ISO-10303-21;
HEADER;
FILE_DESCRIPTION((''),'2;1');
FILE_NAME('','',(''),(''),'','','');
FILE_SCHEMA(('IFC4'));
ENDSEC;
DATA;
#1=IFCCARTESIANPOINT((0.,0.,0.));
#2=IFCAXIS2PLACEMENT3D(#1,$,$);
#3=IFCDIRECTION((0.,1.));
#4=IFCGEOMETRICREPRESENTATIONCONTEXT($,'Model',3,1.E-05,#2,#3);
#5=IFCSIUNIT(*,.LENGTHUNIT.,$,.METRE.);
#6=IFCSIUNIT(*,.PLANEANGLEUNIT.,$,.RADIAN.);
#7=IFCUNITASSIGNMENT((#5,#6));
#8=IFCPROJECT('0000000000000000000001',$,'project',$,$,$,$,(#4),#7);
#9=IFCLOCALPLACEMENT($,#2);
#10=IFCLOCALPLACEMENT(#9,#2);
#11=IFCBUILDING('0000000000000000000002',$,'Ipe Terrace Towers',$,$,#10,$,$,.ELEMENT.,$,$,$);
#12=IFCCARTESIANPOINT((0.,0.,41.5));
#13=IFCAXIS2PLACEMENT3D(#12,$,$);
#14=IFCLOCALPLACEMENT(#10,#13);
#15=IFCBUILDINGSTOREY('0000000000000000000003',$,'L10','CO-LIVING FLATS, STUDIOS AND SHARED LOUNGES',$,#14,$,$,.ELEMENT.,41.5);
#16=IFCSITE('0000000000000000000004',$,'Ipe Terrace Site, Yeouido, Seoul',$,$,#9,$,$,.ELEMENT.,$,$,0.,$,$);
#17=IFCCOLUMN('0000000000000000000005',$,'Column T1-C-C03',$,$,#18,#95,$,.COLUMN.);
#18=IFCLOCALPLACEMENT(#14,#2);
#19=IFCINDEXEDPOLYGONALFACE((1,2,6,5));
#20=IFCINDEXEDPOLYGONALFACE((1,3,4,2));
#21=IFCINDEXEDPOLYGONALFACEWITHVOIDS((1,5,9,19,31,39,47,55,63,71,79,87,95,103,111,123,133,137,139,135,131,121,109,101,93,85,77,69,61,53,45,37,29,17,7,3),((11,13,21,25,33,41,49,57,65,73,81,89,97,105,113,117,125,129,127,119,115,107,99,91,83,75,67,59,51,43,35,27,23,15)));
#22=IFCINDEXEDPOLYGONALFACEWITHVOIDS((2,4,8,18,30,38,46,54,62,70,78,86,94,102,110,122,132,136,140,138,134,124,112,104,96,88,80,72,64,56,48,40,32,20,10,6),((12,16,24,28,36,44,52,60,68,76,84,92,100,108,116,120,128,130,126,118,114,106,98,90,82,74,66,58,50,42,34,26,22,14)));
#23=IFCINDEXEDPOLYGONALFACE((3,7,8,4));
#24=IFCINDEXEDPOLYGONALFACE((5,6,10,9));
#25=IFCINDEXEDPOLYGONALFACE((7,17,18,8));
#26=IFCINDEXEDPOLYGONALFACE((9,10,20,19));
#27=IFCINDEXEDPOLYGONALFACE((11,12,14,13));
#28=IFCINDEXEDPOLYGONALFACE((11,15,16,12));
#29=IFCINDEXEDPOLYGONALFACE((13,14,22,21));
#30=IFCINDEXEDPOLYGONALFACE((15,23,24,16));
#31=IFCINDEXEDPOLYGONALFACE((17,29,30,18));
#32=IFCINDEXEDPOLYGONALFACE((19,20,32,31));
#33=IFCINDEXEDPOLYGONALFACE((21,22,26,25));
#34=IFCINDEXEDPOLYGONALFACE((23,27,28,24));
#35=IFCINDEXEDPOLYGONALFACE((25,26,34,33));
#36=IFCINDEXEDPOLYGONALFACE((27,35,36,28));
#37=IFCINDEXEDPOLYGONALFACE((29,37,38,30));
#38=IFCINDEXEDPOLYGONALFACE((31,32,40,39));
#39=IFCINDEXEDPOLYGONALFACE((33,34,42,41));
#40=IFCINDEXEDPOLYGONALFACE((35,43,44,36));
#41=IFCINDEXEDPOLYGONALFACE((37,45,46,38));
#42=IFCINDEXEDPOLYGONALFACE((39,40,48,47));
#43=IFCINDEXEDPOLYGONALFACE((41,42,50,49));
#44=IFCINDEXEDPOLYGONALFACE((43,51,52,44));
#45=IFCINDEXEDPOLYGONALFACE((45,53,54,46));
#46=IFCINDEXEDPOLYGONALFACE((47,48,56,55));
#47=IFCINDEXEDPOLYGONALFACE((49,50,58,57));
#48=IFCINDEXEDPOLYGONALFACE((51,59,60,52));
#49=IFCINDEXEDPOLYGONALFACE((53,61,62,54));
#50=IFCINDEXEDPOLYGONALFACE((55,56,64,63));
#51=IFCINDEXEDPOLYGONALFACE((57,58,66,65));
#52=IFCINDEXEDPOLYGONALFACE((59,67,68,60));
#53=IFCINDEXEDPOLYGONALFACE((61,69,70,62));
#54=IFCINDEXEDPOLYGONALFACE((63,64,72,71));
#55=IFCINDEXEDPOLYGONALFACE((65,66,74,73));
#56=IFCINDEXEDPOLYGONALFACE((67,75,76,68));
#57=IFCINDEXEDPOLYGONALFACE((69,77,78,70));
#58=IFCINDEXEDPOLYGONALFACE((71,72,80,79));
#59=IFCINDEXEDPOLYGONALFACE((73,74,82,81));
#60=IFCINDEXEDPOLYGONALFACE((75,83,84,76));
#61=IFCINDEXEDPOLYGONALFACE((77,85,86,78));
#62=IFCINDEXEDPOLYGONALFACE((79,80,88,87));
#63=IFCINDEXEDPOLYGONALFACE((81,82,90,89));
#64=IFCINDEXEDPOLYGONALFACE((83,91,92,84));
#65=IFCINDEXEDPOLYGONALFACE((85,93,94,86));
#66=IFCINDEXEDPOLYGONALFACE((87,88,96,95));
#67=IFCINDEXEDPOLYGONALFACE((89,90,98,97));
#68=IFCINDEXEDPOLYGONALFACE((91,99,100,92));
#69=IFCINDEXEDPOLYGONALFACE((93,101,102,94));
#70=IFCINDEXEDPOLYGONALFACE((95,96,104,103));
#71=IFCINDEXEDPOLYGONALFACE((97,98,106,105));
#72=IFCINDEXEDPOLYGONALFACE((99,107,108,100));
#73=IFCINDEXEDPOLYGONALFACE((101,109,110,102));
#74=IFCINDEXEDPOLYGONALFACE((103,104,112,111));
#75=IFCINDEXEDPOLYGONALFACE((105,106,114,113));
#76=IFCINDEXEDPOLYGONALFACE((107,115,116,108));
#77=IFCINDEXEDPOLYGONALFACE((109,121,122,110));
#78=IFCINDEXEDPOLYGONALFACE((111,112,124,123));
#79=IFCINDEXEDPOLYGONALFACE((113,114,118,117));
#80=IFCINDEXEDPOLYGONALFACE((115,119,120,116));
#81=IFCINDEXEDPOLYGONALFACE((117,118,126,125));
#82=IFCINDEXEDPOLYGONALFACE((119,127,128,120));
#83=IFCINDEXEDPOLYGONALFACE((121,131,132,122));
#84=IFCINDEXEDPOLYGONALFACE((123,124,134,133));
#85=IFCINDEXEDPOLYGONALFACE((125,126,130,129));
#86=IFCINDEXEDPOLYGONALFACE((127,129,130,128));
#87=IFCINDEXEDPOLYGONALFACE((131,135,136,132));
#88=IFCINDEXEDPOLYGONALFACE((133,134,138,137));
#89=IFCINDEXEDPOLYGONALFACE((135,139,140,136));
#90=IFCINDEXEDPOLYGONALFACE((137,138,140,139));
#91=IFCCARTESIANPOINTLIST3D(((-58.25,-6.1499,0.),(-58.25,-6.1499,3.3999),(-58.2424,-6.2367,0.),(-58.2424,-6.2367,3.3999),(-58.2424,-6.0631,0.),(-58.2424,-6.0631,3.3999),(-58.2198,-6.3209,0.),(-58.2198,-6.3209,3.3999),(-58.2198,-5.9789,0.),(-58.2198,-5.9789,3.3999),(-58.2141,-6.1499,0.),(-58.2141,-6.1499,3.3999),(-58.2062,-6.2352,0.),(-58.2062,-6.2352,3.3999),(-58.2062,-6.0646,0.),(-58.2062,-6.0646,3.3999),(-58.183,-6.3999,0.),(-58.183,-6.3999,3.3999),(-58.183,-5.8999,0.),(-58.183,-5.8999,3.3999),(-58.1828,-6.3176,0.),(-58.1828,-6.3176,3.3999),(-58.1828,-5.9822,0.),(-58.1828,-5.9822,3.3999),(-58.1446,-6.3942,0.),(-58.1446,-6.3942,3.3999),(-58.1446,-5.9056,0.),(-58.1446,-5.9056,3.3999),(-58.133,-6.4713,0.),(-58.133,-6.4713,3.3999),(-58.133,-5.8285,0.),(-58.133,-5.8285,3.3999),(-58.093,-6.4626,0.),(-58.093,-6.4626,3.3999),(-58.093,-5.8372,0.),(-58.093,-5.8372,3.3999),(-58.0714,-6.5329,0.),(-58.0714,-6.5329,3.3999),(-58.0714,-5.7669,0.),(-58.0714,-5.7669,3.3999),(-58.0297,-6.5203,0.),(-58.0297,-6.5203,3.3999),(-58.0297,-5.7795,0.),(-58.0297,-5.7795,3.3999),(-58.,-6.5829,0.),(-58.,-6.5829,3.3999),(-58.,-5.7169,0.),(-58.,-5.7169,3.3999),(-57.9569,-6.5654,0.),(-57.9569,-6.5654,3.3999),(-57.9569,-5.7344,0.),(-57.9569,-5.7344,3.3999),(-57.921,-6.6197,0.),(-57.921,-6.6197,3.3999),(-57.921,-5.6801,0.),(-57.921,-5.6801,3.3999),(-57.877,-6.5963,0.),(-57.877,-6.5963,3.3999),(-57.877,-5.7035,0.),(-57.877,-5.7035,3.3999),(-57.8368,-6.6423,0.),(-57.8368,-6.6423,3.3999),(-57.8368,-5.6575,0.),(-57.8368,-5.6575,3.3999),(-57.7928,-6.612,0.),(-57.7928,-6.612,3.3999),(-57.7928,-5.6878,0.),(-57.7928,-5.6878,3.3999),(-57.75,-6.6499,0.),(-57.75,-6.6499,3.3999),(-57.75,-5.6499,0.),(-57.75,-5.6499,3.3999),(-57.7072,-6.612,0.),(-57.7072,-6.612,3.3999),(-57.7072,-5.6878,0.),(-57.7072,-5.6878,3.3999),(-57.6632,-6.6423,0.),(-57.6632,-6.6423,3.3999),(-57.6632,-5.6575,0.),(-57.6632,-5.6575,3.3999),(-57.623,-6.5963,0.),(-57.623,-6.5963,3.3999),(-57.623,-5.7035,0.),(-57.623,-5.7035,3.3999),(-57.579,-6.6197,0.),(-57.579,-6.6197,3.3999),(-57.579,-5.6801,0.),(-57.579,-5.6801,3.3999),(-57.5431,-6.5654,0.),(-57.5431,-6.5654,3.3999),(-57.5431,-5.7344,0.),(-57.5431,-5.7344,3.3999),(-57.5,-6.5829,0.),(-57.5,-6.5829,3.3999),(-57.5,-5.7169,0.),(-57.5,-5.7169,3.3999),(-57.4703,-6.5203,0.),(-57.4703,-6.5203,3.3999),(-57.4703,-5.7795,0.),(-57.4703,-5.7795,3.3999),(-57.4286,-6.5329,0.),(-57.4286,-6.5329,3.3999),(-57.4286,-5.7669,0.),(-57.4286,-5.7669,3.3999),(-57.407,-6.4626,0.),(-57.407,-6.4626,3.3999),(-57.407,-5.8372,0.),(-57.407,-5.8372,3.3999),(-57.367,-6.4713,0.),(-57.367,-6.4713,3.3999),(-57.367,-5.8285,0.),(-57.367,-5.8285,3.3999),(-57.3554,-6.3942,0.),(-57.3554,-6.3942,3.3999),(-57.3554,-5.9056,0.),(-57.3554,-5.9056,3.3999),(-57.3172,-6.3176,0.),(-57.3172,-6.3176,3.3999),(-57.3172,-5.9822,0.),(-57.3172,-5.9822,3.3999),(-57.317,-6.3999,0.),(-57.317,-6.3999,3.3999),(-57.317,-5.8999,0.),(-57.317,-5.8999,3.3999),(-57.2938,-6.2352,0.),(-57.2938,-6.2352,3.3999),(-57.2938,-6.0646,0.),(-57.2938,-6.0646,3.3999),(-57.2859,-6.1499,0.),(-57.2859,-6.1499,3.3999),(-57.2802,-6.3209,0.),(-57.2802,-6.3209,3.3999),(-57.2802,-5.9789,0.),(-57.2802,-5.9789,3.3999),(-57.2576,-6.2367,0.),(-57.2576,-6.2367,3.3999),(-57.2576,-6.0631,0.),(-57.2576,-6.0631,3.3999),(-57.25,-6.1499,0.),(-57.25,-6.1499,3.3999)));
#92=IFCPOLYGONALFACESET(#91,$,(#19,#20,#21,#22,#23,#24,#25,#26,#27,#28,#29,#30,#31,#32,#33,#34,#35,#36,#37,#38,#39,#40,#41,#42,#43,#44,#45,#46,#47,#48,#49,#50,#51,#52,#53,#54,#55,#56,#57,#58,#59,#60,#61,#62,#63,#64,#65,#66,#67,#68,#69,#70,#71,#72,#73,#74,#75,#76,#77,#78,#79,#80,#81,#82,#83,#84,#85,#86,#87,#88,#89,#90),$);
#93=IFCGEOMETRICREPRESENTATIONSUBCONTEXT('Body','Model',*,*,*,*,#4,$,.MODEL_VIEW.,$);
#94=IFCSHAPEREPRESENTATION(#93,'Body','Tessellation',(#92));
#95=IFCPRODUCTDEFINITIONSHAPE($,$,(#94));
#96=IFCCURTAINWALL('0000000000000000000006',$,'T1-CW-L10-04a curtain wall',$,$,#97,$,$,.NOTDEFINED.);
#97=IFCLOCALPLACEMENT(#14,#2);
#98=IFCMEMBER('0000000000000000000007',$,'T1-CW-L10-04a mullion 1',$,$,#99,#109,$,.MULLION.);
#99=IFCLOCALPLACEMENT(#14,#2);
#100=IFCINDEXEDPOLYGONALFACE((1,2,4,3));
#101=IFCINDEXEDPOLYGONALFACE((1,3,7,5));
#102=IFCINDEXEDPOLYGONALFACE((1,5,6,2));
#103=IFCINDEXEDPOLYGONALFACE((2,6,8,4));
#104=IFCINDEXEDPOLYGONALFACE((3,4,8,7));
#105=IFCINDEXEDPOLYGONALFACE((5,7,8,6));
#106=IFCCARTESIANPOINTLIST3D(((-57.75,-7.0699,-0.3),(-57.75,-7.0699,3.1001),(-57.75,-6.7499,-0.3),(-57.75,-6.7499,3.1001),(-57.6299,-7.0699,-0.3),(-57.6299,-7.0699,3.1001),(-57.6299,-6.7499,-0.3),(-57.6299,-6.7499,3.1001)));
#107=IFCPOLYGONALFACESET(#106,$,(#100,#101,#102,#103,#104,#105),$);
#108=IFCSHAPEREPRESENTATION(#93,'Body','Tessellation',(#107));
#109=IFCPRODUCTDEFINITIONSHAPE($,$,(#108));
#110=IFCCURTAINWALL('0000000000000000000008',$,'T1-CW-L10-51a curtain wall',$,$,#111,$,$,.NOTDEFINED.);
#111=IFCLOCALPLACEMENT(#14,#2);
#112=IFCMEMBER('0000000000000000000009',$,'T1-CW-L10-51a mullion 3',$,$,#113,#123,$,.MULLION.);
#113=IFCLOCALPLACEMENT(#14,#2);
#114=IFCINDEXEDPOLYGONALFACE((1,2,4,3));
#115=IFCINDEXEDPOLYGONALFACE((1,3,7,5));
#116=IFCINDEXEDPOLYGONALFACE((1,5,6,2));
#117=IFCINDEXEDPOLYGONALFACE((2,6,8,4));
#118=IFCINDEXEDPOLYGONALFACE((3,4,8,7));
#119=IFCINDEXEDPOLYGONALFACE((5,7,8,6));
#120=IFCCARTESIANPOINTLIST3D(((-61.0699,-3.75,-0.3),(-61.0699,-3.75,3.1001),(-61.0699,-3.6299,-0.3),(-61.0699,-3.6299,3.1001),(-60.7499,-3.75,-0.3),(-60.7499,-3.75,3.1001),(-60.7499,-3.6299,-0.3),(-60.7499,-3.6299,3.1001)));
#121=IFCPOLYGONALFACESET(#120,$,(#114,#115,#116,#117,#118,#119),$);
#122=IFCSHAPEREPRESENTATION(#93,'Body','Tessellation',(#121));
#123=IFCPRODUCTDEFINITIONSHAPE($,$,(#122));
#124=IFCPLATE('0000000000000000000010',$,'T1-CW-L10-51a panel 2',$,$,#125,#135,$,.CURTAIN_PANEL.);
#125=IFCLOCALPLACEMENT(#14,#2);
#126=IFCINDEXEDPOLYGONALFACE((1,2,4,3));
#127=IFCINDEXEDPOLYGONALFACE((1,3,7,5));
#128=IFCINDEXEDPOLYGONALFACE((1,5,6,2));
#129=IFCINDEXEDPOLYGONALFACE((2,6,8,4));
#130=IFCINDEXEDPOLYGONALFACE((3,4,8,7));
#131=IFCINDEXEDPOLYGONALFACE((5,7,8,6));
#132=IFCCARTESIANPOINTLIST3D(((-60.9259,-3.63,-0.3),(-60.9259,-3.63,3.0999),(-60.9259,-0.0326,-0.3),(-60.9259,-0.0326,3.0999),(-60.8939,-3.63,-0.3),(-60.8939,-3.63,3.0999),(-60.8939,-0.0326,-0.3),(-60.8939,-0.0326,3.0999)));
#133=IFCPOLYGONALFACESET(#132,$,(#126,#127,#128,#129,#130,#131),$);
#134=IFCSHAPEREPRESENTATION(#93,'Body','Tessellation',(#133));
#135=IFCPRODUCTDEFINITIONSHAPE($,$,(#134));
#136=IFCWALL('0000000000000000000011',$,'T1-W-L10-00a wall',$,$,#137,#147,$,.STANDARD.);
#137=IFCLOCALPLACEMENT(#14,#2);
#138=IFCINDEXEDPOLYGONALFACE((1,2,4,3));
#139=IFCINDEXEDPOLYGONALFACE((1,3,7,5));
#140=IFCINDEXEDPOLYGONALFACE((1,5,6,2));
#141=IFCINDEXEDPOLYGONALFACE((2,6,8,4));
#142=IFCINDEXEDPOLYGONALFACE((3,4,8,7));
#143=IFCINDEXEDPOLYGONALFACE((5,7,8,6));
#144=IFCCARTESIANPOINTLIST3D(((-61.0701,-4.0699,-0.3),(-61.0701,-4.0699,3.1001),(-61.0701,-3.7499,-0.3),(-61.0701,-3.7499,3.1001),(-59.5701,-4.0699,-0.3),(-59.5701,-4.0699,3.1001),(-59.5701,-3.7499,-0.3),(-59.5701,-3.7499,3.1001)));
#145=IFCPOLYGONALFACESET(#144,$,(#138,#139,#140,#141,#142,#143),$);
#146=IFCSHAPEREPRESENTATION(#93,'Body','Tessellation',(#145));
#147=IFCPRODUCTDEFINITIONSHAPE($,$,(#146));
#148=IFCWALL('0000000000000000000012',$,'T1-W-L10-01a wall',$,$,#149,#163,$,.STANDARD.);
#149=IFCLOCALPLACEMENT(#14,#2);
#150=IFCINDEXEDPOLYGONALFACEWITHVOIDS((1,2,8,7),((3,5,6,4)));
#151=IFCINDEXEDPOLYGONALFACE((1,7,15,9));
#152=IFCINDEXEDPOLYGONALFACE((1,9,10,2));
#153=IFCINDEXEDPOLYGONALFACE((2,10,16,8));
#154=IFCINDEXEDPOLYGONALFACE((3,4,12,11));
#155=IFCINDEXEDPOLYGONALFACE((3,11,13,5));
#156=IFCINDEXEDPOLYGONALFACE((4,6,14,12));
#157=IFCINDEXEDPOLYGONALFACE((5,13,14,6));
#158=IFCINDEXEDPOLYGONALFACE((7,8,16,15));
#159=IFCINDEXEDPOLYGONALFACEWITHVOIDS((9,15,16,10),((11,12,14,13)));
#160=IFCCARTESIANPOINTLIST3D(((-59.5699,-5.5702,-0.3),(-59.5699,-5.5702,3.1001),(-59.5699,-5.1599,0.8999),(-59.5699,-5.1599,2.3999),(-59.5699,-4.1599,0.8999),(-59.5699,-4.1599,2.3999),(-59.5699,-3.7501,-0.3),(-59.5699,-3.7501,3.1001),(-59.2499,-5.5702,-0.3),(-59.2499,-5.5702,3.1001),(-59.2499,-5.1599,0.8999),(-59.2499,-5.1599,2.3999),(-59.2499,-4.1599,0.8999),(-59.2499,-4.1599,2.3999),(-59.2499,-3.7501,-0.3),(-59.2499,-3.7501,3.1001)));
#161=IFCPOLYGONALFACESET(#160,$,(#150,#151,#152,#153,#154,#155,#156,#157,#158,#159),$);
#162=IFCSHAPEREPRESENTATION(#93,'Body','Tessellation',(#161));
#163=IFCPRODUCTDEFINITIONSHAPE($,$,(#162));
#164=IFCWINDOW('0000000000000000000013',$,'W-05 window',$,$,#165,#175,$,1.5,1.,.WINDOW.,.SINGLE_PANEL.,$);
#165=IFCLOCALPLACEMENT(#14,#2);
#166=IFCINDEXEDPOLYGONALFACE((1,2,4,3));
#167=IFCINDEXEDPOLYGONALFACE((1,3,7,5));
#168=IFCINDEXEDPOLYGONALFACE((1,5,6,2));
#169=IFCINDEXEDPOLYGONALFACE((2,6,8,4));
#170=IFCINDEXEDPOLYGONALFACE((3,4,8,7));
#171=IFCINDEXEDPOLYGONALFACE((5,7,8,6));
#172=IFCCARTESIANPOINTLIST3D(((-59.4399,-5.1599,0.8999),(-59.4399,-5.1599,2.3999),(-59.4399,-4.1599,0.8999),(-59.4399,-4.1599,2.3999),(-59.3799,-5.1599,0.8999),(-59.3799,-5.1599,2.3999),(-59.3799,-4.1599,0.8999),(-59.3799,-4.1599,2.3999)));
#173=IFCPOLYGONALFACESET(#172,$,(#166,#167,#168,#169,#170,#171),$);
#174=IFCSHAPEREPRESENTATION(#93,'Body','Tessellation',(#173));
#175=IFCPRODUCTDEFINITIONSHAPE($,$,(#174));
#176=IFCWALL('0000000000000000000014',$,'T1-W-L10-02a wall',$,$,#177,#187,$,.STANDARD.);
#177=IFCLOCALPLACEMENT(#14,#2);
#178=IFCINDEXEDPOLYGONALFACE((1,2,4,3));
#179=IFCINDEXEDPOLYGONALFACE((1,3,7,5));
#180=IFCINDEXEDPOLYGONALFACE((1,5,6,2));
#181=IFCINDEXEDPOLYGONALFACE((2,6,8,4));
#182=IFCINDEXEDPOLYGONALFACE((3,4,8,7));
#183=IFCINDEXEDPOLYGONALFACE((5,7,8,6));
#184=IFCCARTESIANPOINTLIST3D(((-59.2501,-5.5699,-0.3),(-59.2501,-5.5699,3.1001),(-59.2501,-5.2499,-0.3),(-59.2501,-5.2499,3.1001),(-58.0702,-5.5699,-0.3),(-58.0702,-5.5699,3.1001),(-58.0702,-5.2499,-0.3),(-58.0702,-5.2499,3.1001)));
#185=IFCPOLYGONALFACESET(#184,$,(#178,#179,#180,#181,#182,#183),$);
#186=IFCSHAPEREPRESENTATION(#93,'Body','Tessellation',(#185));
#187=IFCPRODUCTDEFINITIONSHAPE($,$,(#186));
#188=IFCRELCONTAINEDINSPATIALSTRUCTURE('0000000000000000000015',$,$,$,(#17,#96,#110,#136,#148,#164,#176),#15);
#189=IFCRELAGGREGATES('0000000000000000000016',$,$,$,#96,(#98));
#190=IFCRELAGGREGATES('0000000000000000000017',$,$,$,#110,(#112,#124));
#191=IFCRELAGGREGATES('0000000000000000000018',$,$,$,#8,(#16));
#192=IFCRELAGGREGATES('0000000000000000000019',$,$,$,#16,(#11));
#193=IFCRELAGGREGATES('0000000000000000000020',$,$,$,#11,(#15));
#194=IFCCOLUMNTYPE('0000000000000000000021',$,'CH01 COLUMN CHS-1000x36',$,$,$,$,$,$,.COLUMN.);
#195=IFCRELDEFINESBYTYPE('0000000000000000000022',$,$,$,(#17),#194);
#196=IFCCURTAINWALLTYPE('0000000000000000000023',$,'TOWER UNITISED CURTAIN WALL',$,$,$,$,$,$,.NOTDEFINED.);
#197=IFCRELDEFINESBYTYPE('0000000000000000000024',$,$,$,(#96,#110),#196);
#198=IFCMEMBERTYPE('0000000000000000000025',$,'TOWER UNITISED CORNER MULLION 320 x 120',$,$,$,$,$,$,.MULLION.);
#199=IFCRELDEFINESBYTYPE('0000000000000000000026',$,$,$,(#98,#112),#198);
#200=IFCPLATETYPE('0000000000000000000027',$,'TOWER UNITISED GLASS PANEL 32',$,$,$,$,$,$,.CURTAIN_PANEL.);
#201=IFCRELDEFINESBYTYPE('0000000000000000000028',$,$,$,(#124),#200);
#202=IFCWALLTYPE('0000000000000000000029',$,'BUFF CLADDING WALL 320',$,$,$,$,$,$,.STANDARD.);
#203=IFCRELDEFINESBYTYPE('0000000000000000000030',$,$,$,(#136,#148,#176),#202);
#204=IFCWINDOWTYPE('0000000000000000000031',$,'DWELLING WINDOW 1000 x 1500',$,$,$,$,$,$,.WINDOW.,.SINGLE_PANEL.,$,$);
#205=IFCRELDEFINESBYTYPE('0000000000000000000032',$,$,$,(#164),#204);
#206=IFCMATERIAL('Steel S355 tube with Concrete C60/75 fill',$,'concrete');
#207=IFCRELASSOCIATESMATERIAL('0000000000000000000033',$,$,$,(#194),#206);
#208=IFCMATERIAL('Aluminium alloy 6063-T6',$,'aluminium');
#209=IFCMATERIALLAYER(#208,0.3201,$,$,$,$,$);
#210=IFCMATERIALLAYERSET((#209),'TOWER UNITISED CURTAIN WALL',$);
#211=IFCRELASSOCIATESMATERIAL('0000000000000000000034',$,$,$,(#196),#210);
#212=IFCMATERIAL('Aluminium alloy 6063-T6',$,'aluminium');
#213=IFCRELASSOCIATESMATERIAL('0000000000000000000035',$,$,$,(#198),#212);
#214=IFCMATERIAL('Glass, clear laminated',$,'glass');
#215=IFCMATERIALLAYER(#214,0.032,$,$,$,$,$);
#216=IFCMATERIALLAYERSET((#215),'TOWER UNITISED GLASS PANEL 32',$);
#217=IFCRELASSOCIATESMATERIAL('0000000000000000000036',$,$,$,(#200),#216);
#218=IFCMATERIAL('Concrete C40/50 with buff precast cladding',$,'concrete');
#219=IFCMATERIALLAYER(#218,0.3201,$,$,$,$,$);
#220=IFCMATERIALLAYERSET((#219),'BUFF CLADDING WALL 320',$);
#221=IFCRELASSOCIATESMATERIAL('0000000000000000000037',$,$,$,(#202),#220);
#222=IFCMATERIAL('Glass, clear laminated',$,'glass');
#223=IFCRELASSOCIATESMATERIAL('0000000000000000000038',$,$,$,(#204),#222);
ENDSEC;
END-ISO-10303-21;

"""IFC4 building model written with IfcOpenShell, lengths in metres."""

from ifc_helpers import new_model, si_unit, direction, frame, frame_2d, origin, origin_2d, place, context, subcontext, project, spatial, rectangle, hollow_circle, extrude, material, layer, layer_set, material_profile, profile_set, type_object, element, fill, aggregate, save


model = new_model("IFC4")

# Units and contexts
model_context = context("Model", 3, precision=1e-05, world=origin(), true_north=direction((0.0, 1.0)))
body_context = subcontext(model_context, "Body", "Model", "MODEL_VIEW")
ifc_project = project(units=[si_unit("LENGTHUNIT", "METRE"), si_unit("PLANEANGLEUNIT", "RADIAN")], contexts=[model_context])

# Site, building, storey
site_placement = place(None, origin())
site = spatial("IfcSite", under=ifc_project, at=site_placement, Name="Ipe Terrace Site, Yeouido, Seoul", CompositionType="ELEMENT", RefElevation=0.0)
building_placement = place(site_placement, origin())
building = spatial("IfcBuilding", under=site, at=building_placement, Name="Ipe Terrace Towers", CompositionType="ELEMENT")
storey_placement = place(building_placement, frame((0.0, 0.0, 41.5)))
storey = spatial("IfcBuildingStorey", under=building, at=storey_placement, Name="L10", Description="CO-LIVING FLATS, STUDIOS AND SHARED LOUNGES", CompositionType="ELEMENT", Elevation=41.5)

# Column
ifc_material_1 = material(Name="Steel S355 tube with Concrete C60/75 fill", Category="concrete")
ifc_material_profile_1 = material_profile(ifc_material_1, hollow_circle(Radius=0.5, WallThickness=0.0359, at=origin_2d()), Name="CHS-1000x36")
ifc_profile_set_1 = profile_set([ifc_material_profile_1], Name="Steel S355 tube with Concrete C60/75 fill")
column_type = type_object("IfcColumnType", Name="CH01 COLUMN CHS-1000x36", PredefinedType="COLUMN", material=ifc_profile_set_1)
column_placement = place(storey_placement, frame((-57.75, -6.1499, 0.0), z_axis=(0.0, 0.0, 1.0), x_axis=(1.0, 0.0, 0.0)))
element("IfcColumn", 1, at=column_placement, inside=storey, type_object=column_type, Name="Column T1-C-C03", PredefinedType="COLUMN", context=body_context, shape_type="SweptSolid", body=[
    extrude(hollow_circle(Radius=0.5, WallThickness=0.0359, at=origin_2d()), origin(), (0.0, 0.0, 1.0), 3.3999),
])

# Curtain wall, member
ifc_material_2 = material(Name="Aluminium alloy 6063-T6", Category="aluminium")
ifc_layer_1 = layer(ifc_material_2, 0.3201)
ifc_layer_set_1 = layer_set([ifc_layer_1], Name="TOWER UNITISED CURTAIN WALL")
curtain_wall_type = type_object("IfcCurtainWallType", Name="TOWER UNITISED CURTAIN WALL", PredefinedType="NOTDEFINED", material=ifc_layer_set_1)
curtain_wall_1_placement = place(storey_placement, origin())
curtain_wall_1 = element("IfcCurtainWall", 2, at=curtain_wall_1_placement, inside=storey, type_object=curtain_wall_type, Name="T1-CW-L10-04a curtain wall", PredefinedType="NOTDEFINED")
ifc_material_3 = material(Name="Aluminium alloy 6063-T6", Category="aluminium")
ifc_material_profile_2 = material_profile(ifc_material_3, rectangle(XDim=0.3201, YDim=0.1201, at=origin_2d()), Name="TOWER UNITISED CORNER MULLION 320 x 120")
ifc_profile_set_2 = profile_set([ifc_material_profile_2], Name="Aluminium alloy 6063-T6")
member_type = type_object("IfcMemberType", Name="TOWER UNITISED CORNER MULLION 320 x 120", PredefinedType="MULLION", material=ifc_profile_set_2)
member_1_placement = place(storey_placement, frame((-57.6899, -6.9099, -0.3), z_axis=(0.0, 0.0, 1.0), x_axis=(0.0, -1.0, 0.0)))
member_1 = element("IfcMember", 3, at=member_1_placement, type_object=member_type, Name="T1-CW-L10-04a mullion 1", PredefinedType="MULLION", context=body_context, shape_type="SweptSolid", body=[
    extrude(rectangle(XDim=0.3201, YDim=0.1201, at=origin_2d()), origin(), (0.0, 0.0, 1.0), 3.4001),
])
aggregate(curtain_wall_1, [member_1])

# Curtain wall, member, plate
curtain_wall_2_placement = place(storey_placement, origin())
curtain_wall_2 = element("IfcCurtainWall", 4, at=curtain_wall_2_placement, inside=storey, type_object=curtain_wall_type, Name="T1-CW-L10-51a curtain wall", PredefinedType="NOTDEFINED")
member_2_placement = place(storey_placement, frame((-60.9099, -3.6899, -0.3), z_axis=(0.0, 0.0, 1.0), x_axis=(-1.0, 0.0, 0.0)))
member_2 = element("IfcMember", 5, at=member_2_placement, type_object=member_type, Name="T1-CW-L10-51a mullion 3", PredefinedType="MULLION", context=body_context, shape_type="SweptSolid", body=[
    extrude(rectangle(XDim=0.3201, YDim=0.1201, at=origin_2d()), origin(), (0.0, 0.0, 1.0), 3.4001),
])
ifc_material_4 = material(Name="Glass, clear laminated", Category="glass")
ifc_layer_2 = layer(ifc_material_4, 0.032)
ifc_layer_set_2 = layer_set([ifc_layer_2], Name="TOWER UNITISED GLASS PANEL 32")
plate_type = type_object("IfcPlateType", Name="TOWER UNITISED GLASS PANEL 32", PredefinedType="CURTAIN_PANEL", material=ifc_layer_set_2)
plate_placement = place(storey_placement, frame((-60.9099, -1.8313, -0.3), z_axis=(0.0, 0.0, 1.0), x_axis=(0.0, -1.0, 0.0)))
plate = element("IfcPlate", 6, at=plate_placement, type_object=plate_type, Name="T1-CW-L10-51a panel 2", PredefinedType="CURTAIN_PANEL", context=body_context, shape_type="SweptSolid", body=[
    extrude(rectangle(XDim=3.5974, YDim=0.032, at=origin_2d()), origin(), (0.0, 0.0, 1.0), 3.3999),
])
aggregate(curtain_wall_2, [member_2, plate])

# Wall
ifc_material_5 = material(Name="Concrete C40/50 with buff precast cladding", Category="concrete")
ifc_layer_3 = layer(ifc_material_5, 0.3201)
ifc_layer_set_3 = layer_set([ifc_layer_3], Name="BUFF CLADDING WALL 320")
wall_type_1 = type_object("IfcWallType", Name="BUFF CLADDING WALL 320", PredefinedType="STANDARD", material=ifc_layer_set_3)
wall_1_placement = place(storey_placement, frame((-61.0701, -3.9099, -0.3), z_axis=(0.0, 0.0, 1.0), x_axis=(1.0, 0.0, 0.0)))
element("IfcWall", 7, at=wall_1_placement, inside=storey, type_object=wall_type_1, Name="T1-W-L10-00a wall", PredefinedType="STANDARD", context=body_context, shape_type="SweptSolid", body=[
    extrude(rectangle(XDim=1.5, YDim=0.3201, at=frame_2d((0.75, 0.0))), origin(), (0.0, 0.0, 1.0), 3.4001),
])

# Wall, opening, window
wall_2_placement = place(storey_placement, frame((-59.4099, -3.75, -0.3), z_axis=(0.0, 0.0, 1.0), x_axis=(0.0, -1.0, 0.0)))
wall_2 = element("IfcWall", 8, at=wall_2_placement, inside=storey, type_object=wall_type_1, Name="T1-W-L10-01a wall", PredefinedType="STANDARD", context=body_context, shape_type="SweptSolid", body=[
    extrude(rectangle(XDim=1.8201, YDim=0.3201, at=frame_2d((0.9102, 0.0))), origin(), (0.0, 0.0, 1.0), 3.4001),
])
opening_1_placement = place(wall_2_placement, frame((0.4099, 0.0, 1.2)))
opening_1 = element("IfcOpeningElement", 9, at=opening_1_placement, cuts=wall_2, PredefinedType="OPENING", context=body_context, shape_type="SweptSolid", body=[
    extrude(rectangle(XDim=1.0, YDim=1.5, at=frame_2d((0.5, 0.75))), frame((0.0, 0.1699, 0.0), z_axis=(0.0, -1.0, 0.0), x_axis=(1.0, 0.0, 0.0)), (0.0, 0.0, 1.0), 0.3401),
])
ifc_material_6 = material(Name="Glass, clear laminated", Category="glass")
window_type = type_object("IfcWindowType", Name="DWELLING WINDOW 1000 x 1500", PartitioningType="SINGLE_PANEL", PredefinedType="WINDOW", material=ifc_material_6)
window_placement = place(opening_1_placement, origin())
window = element("IfcWindow", 10, at=window_placement, inside=storey, type_object=window_type, Name="W-05 window", OverallHeight=1.5, OverallWidth=1.0, PartitioningType="SINGLE_PANEL", PredefinedType="WINDOW", context=body_context, shape_type="SweptSolid", body=[
    extrude(rectangle(XDim=1.0, YDim=1.5, at=frame_2d((0.5, 0.75))), frame((0.0, 0.03, 0.0), z_axis=(0.0, -1.0, 0.0), x_axis=(1.0, 0.0, 0.0)), (0.0, 0.0, 1.0), 0.0601),
])
fill(opening_1, window)

# Wall
wall_3_placement = place(storey_placement, frame((-59.25, -5.4099, -0.3), z_axis=(0.0, 0.0, 1.0), x_axis=(1.0, 0.0, 0.0)))
element("IfcWall", 11, at=wall_3_placement, inside=storey, type_object=wall_type_1, Name="T1-W-L10-02a wall", PredefinedType="STANDARD", context=body_context, shape_type="SweptSolid", body=[
    extrude(rectangle(XDim=1.1799, YDim=0.3201, at=frame_2d((0.5898, 0.0))), origin(), (0.0, 0.0, 1.0), 3.4001),
])

save(model, "model.ifc")
